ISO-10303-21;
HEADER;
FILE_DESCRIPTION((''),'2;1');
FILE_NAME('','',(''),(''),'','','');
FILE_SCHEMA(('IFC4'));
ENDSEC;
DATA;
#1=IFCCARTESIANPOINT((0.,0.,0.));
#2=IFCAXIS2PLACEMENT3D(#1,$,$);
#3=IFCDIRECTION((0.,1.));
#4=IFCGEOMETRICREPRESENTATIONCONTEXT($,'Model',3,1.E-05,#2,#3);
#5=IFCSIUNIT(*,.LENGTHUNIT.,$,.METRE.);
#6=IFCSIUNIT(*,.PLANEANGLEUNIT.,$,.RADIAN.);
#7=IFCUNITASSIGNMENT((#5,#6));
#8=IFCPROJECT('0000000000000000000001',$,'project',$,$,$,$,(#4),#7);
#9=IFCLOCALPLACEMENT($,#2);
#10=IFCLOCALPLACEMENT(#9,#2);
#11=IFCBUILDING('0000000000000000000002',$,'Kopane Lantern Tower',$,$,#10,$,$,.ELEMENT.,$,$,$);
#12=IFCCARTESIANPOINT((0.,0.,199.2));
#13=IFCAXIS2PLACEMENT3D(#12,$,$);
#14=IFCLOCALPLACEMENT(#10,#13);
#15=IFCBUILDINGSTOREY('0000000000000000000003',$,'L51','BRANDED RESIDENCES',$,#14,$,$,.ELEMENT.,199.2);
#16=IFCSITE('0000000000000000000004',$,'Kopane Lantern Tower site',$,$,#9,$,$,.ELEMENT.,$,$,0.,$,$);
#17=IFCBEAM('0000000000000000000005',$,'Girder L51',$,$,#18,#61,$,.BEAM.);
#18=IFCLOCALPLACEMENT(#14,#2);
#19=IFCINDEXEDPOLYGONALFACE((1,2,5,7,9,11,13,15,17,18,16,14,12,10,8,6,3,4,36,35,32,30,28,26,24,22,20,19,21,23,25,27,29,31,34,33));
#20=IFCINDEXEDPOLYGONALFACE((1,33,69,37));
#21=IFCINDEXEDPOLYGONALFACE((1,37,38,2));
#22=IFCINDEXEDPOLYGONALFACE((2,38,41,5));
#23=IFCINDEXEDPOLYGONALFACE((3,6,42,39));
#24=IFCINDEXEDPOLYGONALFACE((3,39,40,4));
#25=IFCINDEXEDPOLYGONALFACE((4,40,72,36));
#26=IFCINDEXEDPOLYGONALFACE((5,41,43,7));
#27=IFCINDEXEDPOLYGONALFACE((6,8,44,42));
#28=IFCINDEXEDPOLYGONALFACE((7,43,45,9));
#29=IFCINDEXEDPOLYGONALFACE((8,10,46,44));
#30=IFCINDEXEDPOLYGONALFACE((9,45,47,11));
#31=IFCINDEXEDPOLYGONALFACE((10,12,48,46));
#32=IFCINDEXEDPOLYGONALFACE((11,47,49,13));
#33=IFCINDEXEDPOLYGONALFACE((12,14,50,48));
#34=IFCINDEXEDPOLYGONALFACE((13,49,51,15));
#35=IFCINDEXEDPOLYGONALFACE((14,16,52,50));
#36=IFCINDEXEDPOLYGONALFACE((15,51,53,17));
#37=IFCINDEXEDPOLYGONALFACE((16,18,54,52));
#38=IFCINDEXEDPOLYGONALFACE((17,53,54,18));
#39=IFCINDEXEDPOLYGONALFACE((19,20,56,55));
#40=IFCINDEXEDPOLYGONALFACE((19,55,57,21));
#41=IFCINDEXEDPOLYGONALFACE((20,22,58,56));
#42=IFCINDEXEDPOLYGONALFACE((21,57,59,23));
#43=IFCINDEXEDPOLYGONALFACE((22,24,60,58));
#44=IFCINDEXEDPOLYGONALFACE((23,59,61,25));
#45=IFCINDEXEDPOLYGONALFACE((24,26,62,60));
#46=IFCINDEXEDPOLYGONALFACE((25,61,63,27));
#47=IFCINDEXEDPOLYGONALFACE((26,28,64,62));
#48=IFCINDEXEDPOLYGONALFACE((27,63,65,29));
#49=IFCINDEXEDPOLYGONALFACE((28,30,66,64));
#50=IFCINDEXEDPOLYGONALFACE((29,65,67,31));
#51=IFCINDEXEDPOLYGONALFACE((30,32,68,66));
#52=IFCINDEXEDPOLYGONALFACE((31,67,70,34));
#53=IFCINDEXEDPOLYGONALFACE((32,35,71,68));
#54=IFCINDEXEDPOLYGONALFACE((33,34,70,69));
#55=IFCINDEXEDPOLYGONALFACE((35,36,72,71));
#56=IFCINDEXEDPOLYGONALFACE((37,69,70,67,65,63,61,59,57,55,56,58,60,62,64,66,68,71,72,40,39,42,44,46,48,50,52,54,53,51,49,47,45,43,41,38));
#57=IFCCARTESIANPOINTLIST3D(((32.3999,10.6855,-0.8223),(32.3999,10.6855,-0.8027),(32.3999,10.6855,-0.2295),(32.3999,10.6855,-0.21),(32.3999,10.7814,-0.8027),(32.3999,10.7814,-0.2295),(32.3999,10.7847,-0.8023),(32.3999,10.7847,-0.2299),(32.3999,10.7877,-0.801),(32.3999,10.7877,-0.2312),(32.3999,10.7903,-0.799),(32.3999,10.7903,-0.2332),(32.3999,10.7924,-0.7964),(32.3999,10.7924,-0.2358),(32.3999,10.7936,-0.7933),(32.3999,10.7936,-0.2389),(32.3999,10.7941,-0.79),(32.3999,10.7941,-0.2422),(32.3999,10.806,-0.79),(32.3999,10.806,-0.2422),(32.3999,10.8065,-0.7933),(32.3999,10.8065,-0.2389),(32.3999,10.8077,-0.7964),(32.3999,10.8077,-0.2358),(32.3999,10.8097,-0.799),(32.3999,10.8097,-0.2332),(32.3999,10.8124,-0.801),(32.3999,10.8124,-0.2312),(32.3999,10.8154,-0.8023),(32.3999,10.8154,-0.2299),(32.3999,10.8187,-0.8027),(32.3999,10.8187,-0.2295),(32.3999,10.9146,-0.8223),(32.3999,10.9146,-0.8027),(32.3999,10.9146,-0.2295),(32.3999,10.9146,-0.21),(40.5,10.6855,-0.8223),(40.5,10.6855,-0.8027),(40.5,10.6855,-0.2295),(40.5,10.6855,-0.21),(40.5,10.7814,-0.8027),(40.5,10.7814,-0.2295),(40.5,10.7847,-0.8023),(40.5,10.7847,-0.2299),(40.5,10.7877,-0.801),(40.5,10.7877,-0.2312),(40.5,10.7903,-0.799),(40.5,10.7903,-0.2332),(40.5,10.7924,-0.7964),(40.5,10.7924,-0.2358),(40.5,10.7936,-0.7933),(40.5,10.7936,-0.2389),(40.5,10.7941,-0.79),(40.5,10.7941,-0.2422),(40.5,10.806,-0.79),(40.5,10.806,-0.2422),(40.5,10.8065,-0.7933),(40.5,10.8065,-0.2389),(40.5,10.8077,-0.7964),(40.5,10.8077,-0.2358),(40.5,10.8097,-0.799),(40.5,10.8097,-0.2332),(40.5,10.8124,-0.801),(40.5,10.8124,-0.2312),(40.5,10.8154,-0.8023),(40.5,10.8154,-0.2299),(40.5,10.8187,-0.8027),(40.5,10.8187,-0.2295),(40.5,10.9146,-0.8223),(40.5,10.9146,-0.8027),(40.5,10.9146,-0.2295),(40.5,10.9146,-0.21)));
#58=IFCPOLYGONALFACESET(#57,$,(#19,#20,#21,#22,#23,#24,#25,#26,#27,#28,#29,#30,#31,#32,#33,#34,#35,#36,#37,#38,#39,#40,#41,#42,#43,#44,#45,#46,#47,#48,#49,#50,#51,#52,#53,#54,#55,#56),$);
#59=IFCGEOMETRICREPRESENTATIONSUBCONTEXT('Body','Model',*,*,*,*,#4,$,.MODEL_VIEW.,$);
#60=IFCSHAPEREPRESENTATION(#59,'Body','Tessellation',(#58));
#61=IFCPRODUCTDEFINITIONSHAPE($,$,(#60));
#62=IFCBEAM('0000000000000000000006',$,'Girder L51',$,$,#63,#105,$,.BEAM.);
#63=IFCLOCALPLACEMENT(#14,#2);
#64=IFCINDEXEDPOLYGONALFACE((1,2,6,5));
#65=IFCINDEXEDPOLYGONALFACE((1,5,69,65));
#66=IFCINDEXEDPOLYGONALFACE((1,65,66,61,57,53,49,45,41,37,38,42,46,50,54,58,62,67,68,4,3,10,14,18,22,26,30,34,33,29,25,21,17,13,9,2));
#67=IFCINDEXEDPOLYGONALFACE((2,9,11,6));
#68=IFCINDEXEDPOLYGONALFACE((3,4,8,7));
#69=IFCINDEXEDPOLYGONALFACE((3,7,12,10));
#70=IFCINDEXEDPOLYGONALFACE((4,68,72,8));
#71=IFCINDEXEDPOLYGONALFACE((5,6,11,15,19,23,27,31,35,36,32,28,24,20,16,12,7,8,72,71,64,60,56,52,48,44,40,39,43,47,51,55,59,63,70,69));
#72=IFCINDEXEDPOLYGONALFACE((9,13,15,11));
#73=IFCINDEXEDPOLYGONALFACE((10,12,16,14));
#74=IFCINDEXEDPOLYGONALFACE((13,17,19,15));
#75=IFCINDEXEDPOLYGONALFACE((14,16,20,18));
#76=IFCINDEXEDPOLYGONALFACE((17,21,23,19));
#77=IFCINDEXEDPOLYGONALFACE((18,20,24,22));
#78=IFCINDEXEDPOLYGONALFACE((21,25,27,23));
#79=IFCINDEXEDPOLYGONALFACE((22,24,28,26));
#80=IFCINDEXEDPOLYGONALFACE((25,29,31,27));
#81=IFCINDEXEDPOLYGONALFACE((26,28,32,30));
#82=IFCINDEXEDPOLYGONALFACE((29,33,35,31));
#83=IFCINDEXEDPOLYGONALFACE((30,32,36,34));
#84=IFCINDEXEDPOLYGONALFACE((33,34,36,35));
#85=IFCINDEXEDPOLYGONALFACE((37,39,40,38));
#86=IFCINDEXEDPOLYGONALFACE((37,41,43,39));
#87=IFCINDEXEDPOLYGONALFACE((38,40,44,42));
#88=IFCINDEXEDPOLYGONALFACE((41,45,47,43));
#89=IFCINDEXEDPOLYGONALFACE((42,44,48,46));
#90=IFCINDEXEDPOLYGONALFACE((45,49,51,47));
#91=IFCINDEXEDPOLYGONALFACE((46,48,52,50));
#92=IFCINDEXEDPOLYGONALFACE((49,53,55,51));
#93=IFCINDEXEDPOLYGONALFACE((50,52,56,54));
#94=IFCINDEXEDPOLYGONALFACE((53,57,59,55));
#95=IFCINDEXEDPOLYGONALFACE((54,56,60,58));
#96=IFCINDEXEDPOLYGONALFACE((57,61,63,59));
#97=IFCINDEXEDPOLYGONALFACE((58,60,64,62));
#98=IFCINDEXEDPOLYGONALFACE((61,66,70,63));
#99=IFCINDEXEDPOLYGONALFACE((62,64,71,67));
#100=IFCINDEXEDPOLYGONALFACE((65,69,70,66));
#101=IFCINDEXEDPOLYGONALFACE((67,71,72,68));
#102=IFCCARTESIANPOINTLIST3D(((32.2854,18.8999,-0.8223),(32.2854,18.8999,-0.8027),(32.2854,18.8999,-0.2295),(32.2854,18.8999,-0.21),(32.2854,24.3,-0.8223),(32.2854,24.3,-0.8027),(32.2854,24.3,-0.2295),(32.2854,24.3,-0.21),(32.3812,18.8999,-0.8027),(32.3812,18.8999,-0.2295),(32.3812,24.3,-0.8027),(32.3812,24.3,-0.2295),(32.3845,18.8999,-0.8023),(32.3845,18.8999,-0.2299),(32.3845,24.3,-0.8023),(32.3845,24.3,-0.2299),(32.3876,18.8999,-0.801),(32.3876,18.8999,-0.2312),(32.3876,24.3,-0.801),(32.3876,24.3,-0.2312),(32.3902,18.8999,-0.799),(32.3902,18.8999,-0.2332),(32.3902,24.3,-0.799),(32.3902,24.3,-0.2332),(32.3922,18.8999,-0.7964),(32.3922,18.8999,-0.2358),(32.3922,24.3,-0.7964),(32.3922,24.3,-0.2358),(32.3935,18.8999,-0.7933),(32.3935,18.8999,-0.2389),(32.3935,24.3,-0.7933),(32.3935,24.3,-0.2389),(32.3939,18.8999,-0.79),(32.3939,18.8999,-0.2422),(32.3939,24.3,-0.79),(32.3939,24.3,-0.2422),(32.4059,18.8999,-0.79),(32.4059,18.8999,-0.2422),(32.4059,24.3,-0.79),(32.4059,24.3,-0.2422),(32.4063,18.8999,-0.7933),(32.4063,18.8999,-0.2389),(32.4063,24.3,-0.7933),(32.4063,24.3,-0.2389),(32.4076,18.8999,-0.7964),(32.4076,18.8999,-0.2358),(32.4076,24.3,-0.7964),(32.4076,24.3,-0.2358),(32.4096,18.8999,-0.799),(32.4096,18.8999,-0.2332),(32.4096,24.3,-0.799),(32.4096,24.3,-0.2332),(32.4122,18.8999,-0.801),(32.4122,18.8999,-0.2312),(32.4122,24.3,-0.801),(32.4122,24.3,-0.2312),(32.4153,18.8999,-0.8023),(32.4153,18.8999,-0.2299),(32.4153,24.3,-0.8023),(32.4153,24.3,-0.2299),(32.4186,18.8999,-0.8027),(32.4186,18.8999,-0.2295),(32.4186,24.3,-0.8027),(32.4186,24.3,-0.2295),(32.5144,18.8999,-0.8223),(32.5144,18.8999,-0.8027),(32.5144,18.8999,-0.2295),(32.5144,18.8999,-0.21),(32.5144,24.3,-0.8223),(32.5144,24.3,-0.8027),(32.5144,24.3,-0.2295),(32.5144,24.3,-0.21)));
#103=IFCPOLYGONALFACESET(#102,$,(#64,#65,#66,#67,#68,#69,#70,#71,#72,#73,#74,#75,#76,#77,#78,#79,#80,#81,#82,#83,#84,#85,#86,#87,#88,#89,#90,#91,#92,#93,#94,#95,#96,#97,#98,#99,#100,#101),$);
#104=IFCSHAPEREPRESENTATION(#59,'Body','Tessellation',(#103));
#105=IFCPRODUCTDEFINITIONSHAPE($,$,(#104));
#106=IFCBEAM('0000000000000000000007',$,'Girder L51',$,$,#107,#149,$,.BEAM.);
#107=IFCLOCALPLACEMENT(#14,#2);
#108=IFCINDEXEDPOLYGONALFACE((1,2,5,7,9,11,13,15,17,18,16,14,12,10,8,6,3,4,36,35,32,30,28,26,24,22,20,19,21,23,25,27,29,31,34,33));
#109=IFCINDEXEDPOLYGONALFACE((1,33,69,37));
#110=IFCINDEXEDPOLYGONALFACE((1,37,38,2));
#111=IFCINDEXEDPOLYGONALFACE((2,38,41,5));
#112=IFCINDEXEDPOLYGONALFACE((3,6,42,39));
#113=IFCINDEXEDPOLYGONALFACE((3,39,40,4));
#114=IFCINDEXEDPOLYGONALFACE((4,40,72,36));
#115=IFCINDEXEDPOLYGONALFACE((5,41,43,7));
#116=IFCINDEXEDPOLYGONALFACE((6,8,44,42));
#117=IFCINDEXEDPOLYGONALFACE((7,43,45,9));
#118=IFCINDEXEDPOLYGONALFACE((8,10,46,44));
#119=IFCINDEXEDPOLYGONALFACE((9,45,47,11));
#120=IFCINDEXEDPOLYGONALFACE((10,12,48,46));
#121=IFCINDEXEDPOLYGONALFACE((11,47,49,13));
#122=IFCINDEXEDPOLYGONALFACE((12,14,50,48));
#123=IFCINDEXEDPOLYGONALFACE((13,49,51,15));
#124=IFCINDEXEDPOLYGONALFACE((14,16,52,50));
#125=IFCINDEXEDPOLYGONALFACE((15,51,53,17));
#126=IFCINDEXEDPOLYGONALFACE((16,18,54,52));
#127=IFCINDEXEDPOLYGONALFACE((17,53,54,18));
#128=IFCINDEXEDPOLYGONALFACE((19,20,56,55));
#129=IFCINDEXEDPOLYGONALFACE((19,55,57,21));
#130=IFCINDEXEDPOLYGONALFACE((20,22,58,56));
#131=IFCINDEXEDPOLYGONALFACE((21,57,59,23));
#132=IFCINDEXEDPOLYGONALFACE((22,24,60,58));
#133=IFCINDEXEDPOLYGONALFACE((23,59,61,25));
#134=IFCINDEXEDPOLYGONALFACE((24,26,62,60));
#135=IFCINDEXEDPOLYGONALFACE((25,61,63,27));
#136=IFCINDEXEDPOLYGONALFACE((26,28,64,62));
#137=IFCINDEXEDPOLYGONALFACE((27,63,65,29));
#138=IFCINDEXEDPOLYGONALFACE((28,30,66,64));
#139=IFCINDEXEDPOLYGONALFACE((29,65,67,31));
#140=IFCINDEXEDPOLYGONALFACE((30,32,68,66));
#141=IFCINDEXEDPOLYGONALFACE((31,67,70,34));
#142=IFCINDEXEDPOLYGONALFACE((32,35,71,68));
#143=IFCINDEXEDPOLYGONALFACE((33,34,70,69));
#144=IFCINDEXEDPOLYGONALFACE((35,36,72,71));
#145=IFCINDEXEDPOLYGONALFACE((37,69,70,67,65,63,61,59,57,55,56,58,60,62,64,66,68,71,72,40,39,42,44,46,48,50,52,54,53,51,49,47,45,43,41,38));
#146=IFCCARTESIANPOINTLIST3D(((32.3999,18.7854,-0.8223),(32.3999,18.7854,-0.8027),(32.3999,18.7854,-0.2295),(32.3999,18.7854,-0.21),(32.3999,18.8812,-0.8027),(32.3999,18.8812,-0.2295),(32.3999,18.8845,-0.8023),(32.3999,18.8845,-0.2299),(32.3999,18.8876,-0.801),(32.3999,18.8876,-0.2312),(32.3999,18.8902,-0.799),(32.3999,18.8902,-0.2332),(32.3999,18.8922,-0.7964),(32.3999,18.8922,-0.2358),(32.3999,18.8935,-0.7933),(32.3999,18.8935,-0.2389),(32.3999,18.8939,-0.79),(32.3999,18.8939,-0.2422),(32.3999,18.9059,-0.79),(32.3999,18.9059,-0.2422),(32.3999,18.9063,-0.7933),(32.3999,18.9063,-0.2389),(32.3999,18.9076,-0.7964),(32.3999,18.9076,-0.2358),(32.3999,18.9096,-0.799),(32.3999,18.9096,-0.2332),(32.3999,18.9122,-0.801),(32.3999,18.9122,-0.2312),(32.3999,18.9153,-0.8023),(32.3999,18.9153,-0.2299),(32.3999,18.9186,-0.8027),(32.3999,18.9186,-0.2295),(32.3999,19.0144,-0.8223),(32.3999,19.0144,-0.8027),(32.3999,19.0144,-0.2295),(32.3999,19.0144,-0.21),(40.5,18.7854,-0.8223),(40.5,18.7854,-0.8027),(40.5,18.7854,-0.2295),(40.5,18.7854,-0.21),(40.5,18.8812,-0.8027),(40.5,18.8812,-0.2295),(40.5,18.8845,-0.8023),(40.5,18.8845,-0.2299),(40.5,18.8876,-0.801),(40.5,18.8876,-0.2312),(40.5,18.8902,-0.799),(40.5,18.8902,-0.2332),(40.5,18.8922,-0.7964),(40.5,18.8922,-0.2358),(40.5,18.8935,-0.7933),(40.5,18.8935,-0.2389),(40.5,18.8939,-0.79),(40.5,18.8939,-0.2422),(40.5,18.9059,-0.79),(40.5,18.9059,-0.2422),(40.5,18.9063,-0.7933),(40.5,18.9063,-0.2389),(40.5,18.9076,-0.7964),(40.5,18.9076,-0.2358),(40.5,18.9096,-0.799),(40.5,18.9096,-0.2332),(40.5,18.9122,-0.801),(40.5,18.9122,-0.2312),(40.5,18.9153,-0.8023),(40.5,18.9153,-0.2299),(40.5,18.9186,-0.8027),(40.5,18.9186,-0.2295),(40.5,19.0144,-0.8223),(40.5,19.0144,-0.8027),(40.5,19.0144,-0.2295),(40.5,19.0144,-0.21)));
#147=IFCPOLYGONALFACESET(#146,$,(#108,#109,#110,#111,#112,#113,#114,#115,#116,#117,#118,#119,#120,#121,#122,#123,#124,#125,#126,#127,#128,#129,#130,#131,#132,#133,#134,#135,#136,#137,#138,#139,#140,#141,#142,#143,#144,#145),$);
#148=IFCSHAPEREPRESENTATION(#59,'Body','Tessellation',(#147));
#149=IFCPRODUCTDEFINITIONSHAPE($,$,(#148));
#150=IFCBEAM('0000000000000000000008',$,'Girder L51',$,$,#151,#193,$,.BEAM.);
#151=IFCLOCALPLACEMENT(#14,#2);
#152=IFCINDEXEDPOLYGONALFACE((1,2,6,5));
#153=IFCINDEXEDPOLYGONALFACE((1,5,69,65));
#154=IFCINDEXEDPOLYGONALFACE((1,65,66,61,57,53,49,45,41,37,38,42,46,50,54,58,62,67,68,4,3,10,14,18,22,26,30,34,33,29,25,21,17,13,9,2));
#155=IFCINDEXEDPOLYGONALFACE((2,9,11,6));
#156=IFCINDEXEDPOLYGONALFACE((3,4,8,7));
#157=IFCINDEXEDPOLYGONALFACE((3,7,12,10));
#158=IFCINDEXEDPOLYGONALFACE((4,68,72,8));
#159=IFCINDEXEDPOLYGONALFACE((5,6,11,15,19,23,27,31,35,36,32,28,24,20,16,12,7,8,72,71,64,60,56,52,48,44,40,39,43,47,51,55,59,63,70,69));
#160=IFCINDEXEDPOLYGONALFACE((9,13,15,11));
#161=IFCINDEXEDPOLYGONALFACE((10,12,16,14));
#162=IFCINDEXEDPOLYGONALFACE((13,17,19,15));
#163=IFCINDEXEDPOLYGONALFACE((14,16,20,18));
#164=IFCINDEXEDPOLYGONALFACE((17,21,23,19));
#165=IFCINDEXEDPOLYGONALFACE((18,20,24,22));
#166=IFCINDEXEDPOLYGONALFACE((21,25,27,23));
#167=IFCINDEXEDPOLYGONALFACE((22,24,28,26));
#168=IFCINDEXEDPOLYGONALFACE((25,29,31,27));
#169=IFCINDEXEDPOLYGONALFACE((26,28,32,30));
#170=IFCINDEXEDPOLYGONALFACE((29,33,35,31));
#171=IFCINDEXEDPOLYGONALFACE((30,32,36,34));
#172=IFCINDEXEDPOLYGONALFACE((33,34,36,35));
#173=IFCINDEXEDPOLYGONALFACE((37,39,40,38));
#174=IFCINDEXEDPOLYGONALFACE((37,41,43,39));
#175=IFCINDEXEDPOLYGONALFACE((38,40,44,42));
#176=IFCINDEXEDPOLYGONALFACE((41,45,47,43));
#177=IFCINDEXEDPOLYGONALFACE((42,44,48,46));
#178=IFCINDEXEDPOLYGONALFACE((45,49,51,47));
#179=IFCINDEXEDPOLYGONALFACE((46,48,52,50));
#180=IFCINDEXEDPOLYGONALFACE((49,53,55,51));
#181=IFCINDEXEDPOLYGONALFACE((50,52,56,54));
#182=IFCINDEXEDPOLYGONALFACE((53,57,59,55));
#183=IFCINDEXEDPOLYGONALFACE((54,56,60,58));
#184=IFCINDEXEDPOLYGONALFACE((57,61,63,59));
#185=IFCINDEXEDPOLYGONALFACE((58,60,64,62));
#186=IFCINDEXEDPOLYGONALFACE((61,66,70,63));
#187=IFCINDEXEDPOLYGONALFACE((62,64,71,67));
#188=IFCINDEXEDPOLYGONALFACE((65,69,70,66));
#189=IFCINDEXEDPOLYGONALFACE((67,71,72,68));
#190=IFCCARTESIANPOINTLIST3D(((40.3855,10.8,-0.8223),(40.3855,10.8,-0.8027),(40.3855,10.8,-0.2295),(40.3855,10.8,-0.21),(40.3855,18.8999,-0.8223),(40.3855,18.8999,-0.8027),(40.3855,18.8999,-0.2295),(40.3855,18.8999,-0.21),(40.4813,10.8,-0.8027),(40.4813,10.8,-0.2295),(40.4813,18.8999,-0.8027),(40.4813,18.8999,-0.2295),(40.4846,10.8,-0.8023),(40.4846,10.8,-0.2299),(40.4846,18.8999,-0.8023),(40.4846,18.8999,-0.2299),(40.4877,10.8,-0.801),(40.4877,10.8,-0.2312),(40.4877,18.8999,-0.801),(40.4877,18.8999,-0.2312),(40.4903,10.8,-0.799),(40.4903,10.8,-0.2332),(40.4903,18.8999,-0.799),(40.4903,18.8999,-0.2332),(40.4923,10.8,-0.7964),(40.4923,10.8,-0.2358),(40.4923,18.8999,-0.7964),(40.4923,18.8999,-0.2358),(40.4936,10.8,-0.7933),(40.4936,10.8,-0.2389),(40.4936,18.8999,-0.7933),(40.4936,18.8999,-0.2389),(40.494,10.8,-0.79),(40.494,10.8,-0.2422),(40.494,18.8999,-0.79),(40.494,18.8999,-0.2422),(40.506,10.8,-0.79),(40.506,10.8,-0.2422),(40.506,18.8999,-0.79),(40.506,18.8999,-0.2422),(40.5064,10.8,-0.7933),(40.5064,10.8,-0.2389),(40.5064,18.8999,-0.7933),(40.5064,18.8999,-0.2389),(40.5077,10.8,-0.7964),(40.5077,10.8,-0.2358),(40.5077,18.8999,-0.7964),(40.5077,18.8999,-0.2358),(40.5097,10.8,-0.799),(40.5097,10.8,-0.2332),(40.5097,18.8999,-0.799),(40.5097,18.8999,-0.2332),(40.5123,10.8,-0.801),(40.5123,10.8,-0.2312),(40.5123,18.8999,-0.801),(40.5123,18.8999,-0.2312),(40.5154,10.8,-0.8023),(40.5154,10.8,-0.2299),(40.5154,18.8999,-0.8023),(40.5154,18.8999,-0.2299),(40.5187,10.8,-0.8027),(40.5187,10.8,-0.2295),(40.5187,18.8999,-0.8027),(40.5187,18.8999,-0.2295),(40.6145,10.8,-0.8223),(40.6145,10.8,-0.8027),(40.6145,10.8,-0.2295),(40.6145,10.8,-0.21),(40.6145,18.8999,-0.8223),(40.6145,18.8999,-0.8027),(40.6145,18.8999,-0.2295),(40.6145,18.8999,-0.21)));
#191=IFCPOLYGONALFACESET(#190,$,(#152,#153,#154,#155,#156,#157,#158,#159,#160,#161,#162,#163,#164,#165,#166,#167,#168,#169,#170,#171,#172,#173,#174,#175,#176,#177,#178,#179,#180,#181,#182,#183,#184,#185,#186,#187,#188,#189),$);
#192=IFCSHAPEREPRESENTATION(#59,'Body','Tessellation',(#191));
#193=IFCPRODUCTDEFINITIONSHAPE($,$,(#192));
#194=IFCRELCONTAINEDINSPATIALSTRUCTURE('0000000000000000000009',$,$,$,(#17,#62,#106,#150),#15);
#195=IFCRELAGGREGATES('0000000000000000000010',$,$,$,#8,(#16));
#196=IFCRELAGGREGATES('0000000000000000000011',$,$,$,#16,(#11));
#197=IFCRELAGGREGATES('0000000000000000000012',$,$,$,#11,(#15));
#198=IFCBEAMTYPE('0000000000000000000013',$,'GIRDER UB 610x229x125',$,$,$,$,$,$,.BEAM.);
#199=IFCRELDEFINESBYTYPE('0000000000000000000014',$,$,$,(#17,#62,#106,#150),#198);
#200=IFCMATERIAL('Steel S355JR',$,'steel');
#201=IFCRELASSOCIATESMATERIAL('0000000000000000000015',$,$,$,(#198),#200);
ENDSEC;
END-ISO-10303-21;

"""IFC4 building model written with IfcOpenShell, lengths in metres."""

from ifc_helpers import new_model, si_unit, direction, frame, origin, origin_2d, place, context, subcontext, project, spatial, i_section, extrude, material, material_profile, profile_set, type_object, element, save


model = new_model("IFC4")

# Units and contexts
model_context = context("Model", 3, precision=1e-05, world=origin(), true_north=direction((0.0, 1.0)))
body_context = subcontext(model_context, "Body", "Model", "MODEL_VIEW")
ifc_project = project(units=[si_unit("LENGTHUNIT", "METRE"), si_unit("PLANEANGLEUNIT", "RADIAN")], contexts=[model_context])

# Site, building, storey
site_placement = place(None, origin())
site = spatial("IfcSite", under=ifc_project, at=site_placement, Name="Kopane Lantern Tower site", CompositionType="ELEMENT", RefElevation=0.0)
building_placement = place(site_placement, origin())
building = spatial("IfcBuilding", under=site, at=building_placement, Name="Kopane Lantern Tower", CompositionType="ELEMENT")
storey_placement = place(building_placement, frame((0.0, 0.0, 199.2)))
storey = spatial("IfcBuildingStorey", under=building, at=storey_placement, Name="L51", Description="BRANDED RESIDENCES", CompositionType="ELEMENT", Elevation=199.2)

# Beams
ifc_material_1 = material(Name="Steel S355JR", Category="steel")
ifc_material_profile_1 = material_profile(ifc_material_1, i_section(OverallWidth=0.229, OverallDepth=0.6123, WebThickness=0.012, FlangeThickness=0.0195, FilletRadius=0.0127, at=origin_2d()), Name="UB 610x229x125")
ifc_profile_set_1 = profile_set([ifc_material_profile_1], Name="Steel S355JR")
beam_type = type_object("IfcBeamType", Name="GIRDER UB 610x229x125", PredefinedType="BEAM", material=ifc_profile_set_1)
beam_1_placement = place(storey_placement, frame((32.3999, 10.8, -0.5161), z_axis=(1.0, 0.0, 0.0), x_axis=(0.0, 1.0, 0.0)))
element("IfcBeam", 1, at=beam_1_placement, inside=storey, type_object=beam_type, Name="Girder L51", PredefinedType="BEAM", context=body_context, shape_type="SweptSolid", body=[
    extrude(i_section(OverallWidth=0.229, OverallDepth=0.6123, WebThickness=0.012, FlangeThickness=0.0195, FilletRadius=0.0127, at=origin_2d()), origin(), (0.0, 0.0, 1.0), 8.1001),
])
beam_2_placement = place(storey_placement, frame((32.3999, 18.8999, -0.5161), z_axis=(0.0, 1.0, 0.0), x_axis=(-1.0, 0.0, 0.0)))
element("IfcBeam", 2, at=beam_2_placement, inside=storey, type_object=beam_type, Name="Girder L51", PredefinedType="BEAM", context=body_context, shape_type="SweptSolid", body=[
    extrude(i_section(OverallWidth=0.229, OverallDepth=0.6123, WebThickness=0.012, FlangeThickness=0.0195, FilletRadius=0.0127, at=origin_2d()), origin(), (0.0, 0.0, 1.0), 5.4001),
])
beam_3_placement = place(storey_placement, frame((32.3999, 18.8999, -0.5161), z_axis=(1.0, 0.0, 0.0), x_axis=(0.0, 1.0, 0.0)))
element("IfcBeam", 3, at=beam_3_placement, inside=storey, type_object=beam_type, Name="Girder L51", PredefinedType="BEAM", context=body_context, shape_type="SweptSolid", body=[
    extrude(i_section(OverallWidth=0.229, OverallDepth=0.6123, WebThickness=0.012, FlangeThickness=0.0195, FilletRadius=0.0127, at=origin_2d()), origin(), (0.0, 0.0, 1.0), 8.1001),
])
beam_4_placement = place(storey_placement, frame((40.5, 10.8, -0.5161), z_axis=(0.0, 1.0, 0.0), x_axis=(-1.0, 0.0, 0.0)))
element("IfcBeam", 4, at=beam_4_placement, inside=storey, type_object=beam_type, Name="Girder L51", PredefinedType="BEAM", context=body_context, shape_type="SweptSolid", body=[
    extrude(i_section(OverallWidth=0.229, OverallDepth=0.6123, WebThickness=0.012, FlangeThickness=0.0195, FilletRadius=0.0127, at=origin_2d()), origin(), (0.0, 0.0, 1.0), 8.0999),
])

save(model, "model.ifc")
